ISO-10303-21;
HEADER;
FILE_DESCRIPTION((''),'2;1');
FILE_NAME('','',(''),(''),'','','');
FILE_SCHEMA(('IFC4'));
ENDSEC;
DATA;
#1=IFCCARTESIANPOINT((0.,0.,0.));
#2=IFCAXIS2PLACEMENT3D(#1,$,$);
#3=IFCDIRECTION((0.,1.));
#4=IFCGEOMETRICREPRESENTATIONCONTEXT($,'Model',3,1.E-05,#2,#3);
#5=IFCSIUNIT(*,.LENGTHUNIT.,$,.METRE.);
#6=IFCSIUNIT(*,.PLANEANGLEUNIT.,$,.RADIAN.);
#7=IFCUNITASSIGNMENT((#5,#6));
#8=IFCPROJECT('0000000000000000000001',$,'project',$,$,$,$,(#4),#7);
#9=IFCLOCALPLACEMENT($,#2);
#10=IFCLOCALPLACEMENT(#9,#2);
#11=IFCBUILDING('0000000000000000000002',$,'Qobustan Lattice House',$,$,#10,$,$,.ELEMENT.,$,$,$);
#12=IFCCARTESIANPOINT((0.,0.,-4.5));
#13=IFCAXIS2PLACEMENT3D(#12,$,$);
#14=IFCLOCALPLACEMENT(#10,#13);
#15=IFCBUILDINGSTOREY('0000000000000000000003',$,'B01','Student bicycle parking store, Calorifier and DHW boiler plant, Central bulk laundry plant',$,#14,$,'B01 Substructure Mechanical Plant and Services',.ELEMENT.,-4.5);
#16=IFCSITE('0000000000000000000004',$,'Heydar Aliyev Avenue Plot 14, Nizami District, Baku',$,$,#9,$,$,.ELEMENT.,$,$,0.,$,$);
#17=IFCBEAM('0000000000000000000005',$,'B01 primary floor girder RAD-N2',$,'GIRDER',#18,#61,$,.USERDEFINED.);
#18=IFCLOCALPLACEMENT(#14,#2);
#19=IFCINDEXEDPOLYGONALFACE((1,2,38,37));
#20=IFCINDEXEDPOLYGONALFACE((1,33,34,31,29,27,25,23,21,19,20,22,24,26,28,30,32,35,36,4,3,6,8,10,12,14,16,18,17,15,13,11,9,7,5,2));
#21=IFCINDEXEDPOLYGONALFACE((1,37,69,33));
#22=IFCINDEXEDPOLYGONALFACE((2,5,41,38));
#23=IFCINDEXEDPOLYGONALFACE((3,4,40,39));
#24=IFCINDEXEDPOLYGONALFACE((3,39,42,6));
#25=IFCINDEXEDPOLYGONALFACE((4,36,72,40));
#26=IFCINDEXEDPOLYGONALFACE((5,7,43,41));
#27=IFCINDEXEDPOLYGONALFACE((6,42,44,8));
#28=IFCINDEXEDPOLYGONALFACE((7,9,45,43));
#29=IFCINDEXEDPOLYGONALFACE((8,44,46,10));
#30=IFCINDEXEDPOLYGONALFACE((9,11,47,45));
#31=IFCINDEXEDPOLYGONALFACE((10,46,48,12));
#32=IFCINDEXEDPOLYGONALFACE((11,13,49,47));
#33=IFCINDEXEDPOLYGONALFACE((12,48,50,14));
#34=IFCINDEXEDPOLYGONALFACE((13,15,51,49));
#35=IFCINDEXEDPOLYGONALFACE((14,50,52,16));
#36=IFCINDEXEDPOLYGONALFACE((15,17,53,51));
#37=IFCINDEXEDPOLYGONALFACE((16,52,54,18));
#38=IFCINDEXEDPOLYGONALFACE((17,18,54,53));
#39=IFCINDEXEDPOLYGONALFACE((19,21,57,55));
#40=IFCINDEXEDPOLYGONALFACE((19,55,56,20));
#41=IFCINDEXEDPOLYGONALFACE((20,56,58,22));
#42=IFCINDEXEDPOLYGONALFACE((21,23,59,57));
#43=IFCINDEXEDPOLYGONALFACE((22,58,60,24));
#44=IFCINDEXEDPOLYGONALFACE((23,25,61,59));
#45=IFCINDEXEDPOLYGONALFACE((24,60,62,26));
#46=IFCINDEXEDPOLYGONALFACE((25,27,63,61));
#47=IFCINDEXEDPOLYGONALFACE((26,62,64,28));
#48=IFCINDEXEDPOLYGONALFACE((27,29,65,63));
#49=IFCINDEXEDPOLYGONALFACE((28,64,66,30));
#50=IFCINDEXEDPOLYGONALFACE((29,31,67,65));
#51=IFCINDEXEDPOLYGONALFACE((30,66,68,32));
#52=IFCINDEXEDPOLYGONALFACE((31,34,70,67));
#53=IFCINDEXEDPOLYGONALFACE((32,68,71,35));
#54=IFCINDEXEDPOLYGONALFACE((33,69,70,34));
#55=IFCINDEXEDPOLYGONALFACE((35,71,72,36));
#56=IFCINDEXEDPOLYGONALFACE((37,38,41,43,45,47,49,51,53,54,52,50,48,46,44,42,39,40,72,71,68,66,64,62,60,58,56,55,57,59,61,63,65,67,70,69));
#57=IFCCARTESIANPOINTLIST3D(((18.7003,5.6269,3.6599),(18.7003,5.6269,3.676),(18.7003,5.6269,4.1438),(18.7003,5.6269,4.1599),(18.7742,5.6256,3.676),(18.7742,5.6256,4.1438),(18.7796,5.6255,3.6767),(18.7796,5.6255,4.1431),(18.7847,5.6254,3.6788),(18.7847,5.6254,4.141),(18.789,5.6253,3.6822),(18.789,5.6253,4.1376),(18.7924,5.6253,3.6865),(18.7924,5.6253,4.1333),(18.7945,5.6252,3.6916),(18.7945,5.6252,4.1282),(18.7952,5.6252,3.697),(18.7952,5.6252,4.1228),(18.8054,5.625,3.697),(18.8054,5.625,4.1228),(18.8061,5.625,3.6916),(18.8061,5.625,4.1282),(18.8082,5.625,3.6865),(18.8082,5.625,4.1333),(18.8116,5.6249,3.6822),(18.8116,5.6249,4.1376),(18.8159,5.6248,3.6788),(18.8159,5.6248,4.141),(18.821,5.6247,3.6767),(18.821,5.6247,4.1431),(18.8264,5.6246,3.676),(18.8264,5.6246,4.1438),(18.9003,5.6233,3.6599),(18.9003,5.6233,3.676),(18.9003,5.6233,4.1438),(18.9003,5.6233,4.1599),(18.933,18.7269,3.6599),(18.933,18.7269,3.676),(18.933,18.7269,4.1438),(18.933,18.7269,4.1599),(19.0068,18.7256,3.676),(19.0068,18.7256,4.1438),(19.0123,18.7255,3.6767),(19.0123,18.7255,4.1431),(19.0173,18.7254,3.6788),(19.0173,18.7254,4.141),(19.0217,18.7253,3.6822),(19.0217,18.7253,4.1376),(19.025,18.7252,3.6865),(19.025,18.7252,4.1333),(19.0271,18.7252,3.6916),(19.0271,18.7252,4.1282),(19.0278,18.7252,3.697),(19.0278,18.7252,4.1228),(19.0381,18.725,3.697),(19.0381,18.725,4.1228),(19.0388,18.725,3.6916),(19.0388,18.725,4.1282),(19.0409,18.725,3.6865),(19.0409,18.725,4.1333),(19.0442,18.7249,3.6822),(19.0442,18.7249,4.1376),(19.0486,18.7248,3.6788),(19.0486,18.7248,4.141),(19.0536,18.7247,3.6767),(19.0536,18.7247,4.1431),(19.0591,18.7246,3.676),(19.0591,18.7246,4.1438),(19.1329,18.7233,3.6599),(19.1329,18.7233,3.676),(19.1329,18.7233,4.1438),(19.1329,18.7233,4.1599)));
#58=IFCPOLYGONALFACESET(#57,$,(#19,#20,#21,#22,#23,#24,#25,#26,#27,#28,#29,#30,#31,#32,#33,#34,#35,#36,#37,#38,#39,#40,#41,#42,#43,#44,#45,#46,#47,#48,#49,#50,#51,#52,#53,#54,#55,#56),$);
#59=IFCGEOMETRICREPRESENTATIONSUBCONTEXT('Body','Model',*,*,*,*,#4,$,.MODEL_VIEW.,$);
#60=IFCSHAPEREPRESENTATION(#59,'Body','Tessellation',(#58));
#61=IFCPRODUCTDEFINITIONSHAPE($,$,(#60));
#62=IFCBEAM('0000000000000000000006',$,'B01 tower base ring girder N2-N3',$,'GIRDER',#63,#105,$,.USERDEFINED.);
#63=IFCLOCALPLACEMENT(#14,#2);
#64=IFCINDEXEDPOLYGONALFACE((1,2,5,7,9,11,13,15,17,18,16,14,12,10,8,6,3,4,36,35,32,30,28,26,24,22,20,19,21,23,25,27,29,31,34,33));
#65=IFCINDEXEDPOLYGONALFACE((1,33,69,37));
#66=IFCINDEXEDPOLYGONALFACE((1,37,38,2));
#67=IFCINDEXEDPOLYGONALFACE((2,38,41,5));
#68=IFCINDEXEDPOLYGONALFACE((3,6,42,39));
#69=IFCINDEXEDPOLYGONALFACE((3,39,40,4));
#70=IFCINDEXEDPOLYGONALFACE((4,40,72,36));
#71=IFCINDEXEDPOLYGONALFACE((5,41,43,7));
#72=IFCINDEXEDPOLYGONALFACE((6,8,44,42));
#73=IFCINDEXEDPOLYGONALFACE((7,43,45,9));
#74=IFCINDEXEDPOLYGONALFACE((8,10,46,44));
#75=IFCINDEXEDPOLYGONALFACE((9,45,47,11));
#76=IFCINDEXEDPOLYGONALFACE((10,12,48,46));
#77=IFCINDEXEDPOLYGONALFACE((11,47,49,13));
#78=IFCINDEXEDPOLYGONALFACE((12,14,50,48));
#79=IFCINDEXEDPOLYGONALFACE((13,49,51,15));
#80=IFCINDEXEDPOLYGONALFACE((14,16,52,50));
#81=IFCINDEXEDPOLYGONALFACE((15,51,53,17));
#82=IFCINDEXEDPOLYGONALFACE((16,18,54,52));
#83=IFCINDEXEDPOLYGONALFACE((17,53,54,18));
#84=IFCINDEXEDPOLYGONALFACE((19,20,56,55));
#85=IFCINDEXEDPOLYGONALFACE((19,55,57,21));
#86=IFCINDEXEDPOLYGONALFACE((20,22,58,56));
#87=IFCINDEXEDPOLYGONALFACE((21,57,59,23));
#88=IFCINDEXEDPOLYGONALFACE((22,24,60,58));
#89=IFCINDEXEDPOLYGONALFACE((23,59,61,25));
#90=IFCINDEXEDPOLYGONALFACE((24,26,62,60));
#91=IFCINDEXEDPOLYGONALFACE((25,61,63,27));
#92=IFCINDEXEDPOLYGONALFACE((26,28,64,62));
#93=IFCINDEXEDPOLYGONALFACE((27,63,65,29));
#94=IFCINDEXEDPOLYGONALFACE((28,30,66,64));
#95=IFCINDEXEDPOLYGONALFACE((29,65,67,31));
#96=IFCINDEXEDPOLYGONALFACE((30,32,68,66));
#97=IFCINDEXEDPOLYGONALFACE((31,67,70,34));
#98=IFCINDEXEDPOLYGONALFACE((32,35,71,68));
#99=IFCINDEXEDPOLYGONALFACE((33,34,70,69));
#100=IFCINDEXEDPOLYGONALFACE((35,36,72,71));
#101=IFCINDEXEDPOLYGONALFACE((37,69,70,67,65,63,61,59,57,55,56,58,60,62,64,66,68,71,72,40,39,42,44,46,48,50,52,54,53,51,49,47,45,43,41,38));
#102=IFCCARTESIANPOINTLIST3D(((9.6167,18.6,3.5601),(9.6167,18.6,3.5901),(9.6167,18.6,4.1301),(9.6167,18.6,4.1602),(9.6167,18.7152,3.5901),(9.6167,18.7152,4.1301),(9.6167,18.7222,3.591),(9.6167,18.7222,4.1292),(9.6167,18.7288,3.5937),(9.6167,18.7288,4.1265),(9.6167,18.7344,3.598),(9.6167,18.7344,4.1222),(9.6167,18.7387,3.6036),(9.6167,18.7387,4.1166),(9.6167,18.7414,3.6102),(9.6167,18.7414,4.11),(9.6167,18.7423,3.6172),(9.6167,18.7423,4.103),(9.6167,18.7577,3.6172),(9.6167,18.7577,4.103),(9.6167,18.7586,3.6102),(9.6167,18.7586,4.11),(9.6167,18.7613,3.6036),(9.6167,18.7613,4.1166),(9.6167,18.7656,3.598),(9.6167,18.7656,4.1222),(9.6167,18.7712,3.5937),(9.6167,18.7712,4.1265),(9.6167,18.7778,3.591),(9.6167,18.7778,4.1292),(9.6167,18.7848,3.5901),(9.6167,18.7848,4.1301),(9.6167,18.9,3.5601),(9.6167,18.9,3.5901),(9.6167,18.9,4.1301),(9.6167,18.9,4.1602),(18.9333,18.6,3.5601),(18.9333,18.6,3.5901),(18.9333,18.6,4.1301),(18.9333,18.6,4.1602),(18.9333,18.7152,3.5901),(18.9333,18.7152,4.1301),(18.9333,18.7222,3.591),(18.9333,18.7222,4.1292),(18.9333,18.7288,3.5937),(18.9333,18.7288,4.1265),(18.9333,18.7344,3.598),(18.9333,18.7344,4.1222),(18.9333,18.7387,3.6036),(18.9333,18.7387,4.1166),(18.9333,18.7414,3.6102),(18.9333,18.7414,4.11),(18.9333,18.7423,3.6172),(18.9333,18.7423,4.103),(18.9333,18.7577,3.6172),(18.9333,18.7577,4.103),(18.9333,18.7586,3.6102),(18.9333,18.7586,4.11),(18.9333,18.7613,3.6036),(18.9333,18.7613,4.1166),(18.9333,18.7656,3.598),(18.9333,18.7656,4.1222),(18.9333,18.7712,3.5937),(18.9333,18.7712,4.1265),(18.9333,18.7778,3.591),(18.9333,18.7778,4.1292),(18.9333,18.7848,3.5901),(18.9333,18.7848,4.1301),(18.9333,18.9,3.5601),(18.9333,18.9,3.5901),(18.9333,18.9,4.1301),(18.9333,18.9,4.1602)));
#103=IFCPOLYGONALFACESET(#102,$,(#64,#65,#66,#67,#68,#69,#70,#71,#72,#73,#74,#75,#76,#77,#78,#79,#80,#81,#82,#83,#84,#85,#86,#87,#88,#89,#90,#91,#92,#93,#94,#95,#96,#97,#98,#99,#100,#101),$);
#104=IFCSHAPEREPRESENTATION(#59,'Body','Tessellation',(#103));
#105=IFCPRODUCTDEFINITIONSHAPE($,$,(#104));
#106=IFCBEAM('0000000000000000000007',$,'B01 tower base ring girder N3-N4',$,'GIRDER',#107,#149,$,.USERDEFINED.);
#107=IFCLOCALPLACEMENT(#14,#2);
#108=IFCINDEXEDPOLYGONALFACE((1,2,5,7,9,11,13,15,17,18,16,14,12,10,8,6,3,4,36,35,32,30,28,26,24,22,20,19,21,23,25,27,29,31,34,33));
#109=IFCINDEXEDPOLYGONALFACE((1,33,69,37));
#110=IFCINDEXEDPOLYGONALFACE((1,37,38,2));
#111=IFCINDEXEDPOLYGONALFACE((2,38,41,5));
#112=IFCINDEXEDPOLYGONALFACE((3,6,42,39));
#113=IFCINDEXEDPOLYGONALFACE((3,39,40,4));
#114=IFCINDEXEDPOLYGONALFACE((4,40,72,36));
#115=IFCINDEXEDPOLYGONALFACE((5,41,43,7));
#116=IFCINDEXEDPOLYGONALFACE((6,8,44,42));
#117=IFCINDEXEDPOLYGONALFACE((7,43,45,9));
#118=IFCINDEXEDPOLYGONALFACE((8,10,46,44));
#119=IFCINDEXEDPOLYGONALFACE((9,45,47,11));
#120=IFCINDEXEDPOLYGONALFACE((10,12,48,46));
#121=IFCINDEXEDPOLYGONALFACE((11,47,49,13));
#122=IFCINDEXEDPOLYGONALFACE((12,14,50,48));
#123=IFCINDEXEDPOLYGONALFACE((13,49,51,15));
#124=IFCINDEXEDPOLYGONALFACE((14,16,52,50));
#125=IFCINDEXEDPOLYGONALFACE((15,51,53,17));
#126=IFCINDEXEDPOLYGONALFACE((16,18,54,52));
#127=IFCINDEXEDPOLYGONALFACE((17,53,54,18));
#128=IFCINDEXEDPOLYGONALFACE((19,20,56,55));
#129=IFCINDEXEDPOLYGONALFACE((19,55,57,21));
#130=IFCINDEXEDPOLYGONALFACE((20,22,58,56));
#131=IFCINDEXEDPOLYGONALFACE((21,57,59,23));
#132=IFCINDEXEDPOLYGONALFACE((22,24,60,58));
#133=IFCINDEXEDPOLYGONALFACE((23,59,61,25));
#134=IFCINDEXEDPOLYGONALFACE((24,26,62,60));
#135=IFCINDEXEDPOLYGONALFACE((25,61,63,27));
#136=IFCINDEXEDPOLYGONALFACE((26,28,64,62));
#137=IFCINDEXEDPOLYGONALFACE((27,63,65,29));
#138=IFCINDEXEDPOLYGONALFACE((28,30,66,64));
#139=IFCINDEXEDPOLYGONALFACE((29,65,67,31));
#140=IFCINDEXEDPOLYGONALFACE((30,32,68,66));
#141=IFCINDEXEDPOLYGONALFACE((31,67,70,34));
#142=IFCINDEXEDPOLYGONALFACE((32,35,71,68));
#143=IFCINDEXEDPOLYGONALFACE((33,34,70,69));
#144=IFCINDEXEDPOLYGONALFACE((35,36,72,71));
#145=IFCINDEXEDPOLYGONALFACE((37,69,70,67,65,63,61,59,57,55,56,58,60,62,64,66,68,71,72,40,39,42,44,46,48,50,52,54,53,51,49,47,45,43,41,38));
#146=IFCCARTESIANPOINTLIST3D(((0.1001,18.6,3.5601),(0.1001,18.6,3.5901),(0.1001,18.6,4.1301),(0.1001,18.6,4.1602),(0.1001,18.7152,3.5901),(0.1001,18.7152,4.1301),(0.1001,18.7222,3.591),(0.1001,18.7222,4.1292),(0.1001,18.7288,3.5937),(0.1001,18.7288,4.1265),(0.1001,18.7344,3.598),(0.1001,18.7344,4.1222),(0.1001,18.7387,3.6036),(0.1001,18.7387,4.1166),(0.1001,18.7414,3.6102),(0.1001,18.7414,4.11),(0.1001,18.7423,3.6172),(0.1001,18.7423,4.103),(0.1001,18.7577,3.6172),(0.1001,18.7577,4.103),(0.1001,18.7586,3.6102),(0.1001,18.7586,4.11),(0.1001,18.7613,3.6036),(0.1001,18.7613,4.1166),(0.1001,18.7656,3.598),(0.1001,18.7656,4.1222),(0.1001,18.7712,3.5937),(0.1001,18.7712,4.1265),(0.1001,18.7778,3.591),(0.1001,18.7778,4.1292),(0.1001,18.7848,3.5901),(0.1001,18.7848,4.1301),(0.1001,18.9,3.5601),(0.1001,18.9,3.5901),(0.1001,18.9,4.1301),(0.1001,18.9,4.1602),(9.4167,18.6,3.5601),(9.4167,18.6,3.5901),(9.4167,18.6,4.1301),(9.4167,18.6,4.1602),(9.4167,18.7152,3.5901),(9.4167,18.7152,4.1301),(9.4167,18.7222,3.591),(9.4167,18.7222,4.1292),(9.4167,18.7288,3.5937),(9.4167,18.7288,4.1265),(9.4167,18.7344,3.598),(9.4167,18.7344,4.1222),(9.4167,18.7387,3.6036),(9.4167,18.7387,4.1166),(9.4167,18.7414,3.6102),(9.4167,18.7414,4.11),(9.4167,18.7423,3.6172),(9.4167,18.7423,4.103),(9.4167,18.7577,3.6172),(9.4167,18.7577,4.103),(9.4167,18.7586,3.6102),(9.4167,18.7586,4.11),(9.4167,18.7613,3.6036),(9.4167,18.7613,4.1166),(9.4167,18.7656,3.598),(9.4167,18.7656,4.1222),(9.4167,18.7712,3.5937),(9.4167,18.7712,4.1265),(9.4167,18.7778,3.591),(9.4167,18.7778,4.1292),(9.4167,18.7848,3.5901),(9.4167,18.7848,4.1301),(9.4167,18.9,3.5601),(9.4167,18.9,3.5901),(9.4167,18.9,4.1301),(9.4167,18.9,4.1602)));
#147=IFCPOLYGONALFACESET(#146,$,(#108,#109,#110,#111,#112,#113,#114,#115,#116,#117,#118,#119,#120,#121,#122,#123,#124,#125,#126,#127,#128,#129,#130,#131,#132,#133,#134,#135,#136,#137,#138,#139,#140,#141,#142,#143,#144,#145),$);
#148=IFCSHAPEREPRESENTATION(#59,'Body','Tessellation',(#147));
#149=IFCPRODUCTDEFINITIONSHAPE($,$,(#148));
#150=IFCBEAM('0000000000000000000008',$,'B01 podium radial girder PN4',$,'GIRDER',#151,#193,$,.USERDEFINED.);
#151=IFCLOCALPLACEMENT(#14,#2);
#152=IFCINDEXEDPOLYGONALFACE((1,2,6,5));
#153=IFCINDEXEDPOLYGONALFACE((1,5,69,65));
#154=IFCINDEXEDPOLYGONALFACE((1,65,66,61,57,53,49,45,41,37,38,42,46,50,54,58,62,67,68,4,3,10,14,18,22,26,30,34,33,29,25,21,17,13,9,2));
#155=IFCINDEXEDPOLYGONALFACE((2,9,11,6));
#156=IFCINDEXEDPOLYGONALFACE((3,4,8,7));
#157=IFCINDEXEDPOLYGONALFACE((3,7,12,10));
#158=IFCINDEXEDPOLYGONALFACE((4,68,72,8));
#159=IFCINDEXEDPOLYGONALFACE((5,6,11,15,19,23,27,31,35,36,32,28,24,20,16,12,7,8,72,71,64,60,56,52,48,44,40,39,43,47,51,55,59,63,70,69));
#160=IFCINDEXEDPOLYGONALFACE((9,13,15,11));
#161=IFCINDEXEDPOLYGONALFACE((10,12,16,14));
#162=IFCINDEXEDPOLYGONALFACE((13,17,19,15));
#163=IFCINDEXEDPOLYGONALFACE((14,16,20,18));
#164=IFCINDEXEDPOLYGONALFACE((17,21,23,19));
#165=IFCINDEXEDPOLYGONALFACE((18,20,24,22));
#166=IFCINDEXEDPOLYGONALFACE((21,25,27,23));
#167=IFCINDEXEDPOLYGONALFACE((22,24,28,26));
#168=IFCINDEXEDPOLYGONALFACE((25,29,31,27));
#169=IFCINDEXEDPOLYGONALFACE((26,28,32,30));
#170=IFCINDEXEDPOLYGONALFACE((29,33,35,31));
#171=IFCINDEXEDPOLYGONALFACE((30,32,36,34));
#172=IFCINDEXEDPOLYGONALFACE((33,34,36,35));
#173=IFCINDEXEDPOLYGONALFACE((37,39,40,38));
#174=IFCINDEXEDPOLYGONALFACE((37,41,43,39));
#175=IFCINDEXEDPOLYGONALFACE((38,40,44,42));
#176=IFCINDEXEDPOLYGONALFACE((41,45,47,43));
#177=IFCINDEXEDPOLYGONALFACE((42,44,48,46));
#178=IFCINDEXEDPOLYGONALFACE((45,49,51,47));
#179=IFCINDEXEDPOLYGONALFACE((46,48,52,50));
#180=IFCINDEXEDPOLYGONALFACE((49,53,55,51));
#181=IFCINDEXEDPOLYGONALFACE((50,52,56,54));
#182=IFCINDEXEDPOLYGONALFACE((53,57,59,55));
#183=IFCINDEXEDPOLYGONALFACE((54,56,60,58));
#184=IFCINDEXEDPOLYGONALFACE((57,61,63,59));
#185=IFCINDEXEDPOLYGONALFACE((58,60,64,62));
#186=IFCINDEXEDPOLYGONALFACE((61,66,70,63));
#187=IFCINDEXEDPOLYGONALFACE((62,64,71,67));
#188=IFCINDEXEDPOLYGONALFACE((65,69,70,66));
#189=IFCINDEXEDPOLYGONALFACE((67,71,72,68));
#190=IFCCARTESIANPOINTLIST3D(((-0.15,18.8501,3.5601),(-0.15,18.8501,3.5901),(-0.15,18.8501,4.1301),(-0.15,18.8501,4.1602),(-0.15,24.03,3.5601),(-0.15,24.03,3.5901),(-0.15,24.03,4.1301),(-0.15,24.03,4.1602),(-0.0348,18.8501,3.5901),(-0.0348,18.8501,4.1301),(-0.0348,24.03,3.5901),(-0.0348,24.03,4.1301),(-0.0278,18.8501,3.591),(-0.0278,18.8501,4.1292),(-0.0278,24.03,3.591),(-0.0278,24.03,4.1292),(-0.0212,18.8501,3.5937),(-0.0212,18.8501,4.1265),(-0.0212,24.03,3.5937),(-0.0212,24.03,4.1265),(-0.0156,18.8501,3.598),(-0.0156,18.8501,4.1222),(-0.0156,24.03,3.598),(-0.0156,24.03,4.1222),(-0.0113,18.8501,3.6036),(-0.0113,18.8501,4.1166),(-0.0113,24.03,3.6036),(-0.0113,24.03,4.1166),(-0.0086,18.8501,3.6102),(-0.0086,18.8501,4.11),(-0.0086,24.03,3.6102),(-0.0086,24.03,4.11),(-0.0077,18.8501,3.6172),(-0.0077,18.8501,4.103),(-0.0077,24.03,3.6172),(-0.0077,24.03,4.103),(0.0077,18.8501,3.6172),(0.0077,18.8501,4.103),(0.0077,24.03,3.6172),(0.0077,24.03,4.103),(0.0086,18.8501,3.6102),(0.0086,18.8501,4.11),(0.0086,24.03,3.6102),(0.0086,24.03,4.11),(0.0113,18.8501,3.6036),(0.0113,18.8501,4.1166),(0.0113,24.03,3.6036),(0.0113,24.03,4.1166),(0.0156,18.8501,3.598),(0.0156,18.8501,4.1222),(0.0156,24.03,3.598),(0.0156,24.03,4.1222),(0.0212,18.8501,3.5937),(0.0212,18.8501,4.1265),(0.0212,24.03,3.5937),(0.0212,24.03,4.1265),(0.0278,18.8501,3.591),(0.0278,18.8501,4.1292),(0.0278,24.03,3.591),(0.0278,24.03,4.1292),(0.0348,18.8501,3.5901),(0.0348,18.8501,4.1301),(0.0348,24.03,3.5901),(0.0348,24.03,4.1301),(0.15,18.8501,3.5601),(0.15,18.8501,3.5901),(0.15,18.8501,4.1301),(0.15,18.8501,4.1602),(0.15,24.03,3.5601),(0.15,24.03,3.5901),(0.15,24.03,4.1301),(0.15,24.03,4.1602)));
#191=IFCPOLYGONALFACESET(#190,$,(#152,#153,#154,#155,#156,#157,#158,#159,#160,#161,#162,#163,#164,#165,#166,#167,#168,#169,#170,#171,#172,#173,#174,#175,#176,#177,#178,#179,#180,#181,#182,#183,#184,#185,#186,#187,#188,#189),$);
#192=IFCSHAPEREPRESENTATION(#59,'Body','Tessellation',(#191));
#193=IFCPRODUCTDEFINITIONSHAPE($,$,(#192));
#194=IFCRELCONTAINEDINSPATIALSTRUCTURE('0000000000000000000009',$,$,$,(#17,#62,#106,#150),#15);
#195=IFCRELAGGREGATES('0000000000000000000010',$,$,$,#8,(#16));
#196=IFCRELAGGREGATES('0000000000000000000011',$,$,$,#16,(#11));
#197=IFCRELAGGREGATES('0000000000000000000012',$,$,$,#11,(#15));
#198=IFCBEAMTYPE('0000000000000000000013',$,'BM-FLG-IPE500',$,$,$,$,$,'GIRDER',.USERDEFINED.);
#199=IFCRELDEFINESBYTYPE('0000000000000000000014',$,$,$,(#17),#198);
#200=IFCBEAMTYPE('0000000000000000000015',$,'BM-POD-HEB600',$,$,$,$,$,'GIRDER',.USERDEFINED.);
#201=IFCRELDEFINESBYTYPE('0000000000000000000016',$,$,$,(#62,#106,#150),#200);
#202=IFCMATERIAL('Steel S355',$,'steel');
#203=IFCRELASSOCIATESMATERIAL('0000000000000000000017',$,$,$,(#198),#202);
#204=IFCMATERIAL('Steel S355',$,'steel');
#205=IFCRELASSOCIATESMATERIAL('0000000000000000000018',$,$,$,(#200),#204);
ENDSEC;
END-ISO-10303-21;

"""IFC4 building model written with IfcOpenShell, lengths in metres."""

from ifc_helpers import new_model, si_unit, direction, frame, origin, origin_2d, place, context, subcontext, project, spatial, i_section, extrude, material, material_profile, profile_set, type_object, element, save


model = new_model("IFC4")

# Units and contexts
model_context = context("Model", 3, precision=1e-05, world=origin(), true_north=direction((0.0, 1.0)))
body_context = subcontext(model_context, "Body", "Model", "MODEL_VIEW")
ifc_project = project(units=[si_unit("LENGTHUNIT", "METRE"), si_unit("PLANEANGLEUNIT", "RADIAN")], contexts=[model_context])

# Site, building, storey
site_placement = place(None, origin())
site = spatial("IfcSite", under=ifc_project, at=site_placement, Name="Heydar Aliyev Avenue Plot 14, Nizami District, Baku", CompositionType="ELEMENT", RefElevation=0.0)
building_placement = place(site_placement, origin())
building = spatial("IfcBuilding", under=site, at=building_placement, Name="Qobustan Lattice House", CompositionType="ELEMENT")
storey_placement = place(building_placement, frame((0.0, 0.0, -4.5)))
storey = spatial("IfcBuildingStorey", under=building, at=storey_placement, Name="B01", Description="Student bicycle parking store, Calorifier and DHW boiler plant, Central bulk laundry plant", LongName="B01 Substructure Mechanical Plant and Services", CompositionType="ELEMENT", Elevation=-4.5)

# Beams
ifc_material_1 = material(Name="Steel S355", Category="steel")
ifc_material_profile_1 = material_profile(ifc_material_1, i_section(OverallWidth=0.2, OverallDepth=0.5, WebThickness=0.0103, FlangeThickness=0.0161, FilletRadius=0.021, at=origin_2d()), Name="IPE500")
ifc_profile_set_1 = profile_set([ifc_material_profile_1], Name="Steel S355")
beam_type_1 = type_object("IfcBeamType", Name="BM-FLG-IPE500", ElementType="GIRDER", PredefinedType="USERDEFINED", material=ifc_profile_set_1)
beam_1_placement = place(storey_placement, frame((19.033, 18.7251, 3.9099), z_axis=(-0.017758, -0.999842, 0.0), x_axis=(0.999842, -0.017758, 0.0)))
element("IfcBeam", 1, at=beam_1_placement, inside=storey, type_object=beam_type_1, Name="B01 primary floor girder RAD-N2", ObjectType="GIRDER", PredefinedType="USERDEFINED", context=body_context, shape_type="SweptSolid", body=[
    extrude(i_section(OverallWidth=0.2, OverallDepth=0.5, WebThickness=0.0103, FlangeThickness=0.0161, FilletRadius=0.021, at=origin_2d()), origin(), (0.0, 0.0, 1.0), 13.1021),
])
ifc_material_2 = material(Name="Steel S355", Category="steel")
ifc_material_profile_2 = material_profile(ifc_material_2, i_section(OverallWidth=0.3, OverallDepth=0.6001, WebThickness=0.0154, FlangeThickness=0.03, FilletRadius=0.0271, at=origin_2d()), Name="HEB600")
ifc_profile_set_2 = profile_set([ifc_material_profile_2], Name="Steel S355")
beam_type_2 = type_object("IfcBeamType", Name="BM-POD-HEB600", ElementType="GIRDER", PredefinedType="USERDEFINED", material=ifc_profile_set_2)
for number, where, z_axis, x_axis, name in (
    (2, (18.9333, 18.75, 3.8601), (-1.0, 0.0, 0.0), (0.0, -1.0, 0.0), "B01 tower base ring girder N2-N3"),
    (3, (9.4167, 18.75, 3.8601), (-1.0, 0.0, 0.0), (0.0, -1.0, 0.0), "B01 tower base ring girder N3-N4"),
):
    element("IfcBeam", number, at=place(storey_placement, frame(where, z_axis=z_axis, x_axis=x_axis)), inside=storey, type_object=beam_type_2, Name=name, ObjectType="GIRDER", PredefinedType="USERDEFINED", context=body_context, shape_type="SweptSolid", body=[
        extrude(i_section(OverallWidth=0.3, OverallDepth=0.6001, WebThickness=0.0154, FlangeThickness=0.03, FilletRadius=0.0271, at=origin_2d()), origin(), (0.0, 0.0, 1.0), 9.3167),
    ])
beam_2_placement = place(storey_placement, frame((0.0, 24.03, 3.8601), z_axis=(0.0, -1.0, 0.0), x_axis=(1.0, 0.0, 0.0)))
element("IfcBeam", 4, at=beam_2_placement, inside=storey, type_object=beam_type_2, Name="B01 podium radial girder PN4", ObjectType="GIRDER", PredefinedType="USERDEFINED", context=body_context, shape_type="SweptSolid", body=[
    extrude(i_section(OverallWidth=0.3, OverallDepth=0.6001, WebThickness=0.0154, FlangeThickness=0.03, FilletRadius=0.0271, at=origin_2d()), origin(), (0.0, 0.0, 1.0), 5.1799),
])

save(model, "model.ifc")
